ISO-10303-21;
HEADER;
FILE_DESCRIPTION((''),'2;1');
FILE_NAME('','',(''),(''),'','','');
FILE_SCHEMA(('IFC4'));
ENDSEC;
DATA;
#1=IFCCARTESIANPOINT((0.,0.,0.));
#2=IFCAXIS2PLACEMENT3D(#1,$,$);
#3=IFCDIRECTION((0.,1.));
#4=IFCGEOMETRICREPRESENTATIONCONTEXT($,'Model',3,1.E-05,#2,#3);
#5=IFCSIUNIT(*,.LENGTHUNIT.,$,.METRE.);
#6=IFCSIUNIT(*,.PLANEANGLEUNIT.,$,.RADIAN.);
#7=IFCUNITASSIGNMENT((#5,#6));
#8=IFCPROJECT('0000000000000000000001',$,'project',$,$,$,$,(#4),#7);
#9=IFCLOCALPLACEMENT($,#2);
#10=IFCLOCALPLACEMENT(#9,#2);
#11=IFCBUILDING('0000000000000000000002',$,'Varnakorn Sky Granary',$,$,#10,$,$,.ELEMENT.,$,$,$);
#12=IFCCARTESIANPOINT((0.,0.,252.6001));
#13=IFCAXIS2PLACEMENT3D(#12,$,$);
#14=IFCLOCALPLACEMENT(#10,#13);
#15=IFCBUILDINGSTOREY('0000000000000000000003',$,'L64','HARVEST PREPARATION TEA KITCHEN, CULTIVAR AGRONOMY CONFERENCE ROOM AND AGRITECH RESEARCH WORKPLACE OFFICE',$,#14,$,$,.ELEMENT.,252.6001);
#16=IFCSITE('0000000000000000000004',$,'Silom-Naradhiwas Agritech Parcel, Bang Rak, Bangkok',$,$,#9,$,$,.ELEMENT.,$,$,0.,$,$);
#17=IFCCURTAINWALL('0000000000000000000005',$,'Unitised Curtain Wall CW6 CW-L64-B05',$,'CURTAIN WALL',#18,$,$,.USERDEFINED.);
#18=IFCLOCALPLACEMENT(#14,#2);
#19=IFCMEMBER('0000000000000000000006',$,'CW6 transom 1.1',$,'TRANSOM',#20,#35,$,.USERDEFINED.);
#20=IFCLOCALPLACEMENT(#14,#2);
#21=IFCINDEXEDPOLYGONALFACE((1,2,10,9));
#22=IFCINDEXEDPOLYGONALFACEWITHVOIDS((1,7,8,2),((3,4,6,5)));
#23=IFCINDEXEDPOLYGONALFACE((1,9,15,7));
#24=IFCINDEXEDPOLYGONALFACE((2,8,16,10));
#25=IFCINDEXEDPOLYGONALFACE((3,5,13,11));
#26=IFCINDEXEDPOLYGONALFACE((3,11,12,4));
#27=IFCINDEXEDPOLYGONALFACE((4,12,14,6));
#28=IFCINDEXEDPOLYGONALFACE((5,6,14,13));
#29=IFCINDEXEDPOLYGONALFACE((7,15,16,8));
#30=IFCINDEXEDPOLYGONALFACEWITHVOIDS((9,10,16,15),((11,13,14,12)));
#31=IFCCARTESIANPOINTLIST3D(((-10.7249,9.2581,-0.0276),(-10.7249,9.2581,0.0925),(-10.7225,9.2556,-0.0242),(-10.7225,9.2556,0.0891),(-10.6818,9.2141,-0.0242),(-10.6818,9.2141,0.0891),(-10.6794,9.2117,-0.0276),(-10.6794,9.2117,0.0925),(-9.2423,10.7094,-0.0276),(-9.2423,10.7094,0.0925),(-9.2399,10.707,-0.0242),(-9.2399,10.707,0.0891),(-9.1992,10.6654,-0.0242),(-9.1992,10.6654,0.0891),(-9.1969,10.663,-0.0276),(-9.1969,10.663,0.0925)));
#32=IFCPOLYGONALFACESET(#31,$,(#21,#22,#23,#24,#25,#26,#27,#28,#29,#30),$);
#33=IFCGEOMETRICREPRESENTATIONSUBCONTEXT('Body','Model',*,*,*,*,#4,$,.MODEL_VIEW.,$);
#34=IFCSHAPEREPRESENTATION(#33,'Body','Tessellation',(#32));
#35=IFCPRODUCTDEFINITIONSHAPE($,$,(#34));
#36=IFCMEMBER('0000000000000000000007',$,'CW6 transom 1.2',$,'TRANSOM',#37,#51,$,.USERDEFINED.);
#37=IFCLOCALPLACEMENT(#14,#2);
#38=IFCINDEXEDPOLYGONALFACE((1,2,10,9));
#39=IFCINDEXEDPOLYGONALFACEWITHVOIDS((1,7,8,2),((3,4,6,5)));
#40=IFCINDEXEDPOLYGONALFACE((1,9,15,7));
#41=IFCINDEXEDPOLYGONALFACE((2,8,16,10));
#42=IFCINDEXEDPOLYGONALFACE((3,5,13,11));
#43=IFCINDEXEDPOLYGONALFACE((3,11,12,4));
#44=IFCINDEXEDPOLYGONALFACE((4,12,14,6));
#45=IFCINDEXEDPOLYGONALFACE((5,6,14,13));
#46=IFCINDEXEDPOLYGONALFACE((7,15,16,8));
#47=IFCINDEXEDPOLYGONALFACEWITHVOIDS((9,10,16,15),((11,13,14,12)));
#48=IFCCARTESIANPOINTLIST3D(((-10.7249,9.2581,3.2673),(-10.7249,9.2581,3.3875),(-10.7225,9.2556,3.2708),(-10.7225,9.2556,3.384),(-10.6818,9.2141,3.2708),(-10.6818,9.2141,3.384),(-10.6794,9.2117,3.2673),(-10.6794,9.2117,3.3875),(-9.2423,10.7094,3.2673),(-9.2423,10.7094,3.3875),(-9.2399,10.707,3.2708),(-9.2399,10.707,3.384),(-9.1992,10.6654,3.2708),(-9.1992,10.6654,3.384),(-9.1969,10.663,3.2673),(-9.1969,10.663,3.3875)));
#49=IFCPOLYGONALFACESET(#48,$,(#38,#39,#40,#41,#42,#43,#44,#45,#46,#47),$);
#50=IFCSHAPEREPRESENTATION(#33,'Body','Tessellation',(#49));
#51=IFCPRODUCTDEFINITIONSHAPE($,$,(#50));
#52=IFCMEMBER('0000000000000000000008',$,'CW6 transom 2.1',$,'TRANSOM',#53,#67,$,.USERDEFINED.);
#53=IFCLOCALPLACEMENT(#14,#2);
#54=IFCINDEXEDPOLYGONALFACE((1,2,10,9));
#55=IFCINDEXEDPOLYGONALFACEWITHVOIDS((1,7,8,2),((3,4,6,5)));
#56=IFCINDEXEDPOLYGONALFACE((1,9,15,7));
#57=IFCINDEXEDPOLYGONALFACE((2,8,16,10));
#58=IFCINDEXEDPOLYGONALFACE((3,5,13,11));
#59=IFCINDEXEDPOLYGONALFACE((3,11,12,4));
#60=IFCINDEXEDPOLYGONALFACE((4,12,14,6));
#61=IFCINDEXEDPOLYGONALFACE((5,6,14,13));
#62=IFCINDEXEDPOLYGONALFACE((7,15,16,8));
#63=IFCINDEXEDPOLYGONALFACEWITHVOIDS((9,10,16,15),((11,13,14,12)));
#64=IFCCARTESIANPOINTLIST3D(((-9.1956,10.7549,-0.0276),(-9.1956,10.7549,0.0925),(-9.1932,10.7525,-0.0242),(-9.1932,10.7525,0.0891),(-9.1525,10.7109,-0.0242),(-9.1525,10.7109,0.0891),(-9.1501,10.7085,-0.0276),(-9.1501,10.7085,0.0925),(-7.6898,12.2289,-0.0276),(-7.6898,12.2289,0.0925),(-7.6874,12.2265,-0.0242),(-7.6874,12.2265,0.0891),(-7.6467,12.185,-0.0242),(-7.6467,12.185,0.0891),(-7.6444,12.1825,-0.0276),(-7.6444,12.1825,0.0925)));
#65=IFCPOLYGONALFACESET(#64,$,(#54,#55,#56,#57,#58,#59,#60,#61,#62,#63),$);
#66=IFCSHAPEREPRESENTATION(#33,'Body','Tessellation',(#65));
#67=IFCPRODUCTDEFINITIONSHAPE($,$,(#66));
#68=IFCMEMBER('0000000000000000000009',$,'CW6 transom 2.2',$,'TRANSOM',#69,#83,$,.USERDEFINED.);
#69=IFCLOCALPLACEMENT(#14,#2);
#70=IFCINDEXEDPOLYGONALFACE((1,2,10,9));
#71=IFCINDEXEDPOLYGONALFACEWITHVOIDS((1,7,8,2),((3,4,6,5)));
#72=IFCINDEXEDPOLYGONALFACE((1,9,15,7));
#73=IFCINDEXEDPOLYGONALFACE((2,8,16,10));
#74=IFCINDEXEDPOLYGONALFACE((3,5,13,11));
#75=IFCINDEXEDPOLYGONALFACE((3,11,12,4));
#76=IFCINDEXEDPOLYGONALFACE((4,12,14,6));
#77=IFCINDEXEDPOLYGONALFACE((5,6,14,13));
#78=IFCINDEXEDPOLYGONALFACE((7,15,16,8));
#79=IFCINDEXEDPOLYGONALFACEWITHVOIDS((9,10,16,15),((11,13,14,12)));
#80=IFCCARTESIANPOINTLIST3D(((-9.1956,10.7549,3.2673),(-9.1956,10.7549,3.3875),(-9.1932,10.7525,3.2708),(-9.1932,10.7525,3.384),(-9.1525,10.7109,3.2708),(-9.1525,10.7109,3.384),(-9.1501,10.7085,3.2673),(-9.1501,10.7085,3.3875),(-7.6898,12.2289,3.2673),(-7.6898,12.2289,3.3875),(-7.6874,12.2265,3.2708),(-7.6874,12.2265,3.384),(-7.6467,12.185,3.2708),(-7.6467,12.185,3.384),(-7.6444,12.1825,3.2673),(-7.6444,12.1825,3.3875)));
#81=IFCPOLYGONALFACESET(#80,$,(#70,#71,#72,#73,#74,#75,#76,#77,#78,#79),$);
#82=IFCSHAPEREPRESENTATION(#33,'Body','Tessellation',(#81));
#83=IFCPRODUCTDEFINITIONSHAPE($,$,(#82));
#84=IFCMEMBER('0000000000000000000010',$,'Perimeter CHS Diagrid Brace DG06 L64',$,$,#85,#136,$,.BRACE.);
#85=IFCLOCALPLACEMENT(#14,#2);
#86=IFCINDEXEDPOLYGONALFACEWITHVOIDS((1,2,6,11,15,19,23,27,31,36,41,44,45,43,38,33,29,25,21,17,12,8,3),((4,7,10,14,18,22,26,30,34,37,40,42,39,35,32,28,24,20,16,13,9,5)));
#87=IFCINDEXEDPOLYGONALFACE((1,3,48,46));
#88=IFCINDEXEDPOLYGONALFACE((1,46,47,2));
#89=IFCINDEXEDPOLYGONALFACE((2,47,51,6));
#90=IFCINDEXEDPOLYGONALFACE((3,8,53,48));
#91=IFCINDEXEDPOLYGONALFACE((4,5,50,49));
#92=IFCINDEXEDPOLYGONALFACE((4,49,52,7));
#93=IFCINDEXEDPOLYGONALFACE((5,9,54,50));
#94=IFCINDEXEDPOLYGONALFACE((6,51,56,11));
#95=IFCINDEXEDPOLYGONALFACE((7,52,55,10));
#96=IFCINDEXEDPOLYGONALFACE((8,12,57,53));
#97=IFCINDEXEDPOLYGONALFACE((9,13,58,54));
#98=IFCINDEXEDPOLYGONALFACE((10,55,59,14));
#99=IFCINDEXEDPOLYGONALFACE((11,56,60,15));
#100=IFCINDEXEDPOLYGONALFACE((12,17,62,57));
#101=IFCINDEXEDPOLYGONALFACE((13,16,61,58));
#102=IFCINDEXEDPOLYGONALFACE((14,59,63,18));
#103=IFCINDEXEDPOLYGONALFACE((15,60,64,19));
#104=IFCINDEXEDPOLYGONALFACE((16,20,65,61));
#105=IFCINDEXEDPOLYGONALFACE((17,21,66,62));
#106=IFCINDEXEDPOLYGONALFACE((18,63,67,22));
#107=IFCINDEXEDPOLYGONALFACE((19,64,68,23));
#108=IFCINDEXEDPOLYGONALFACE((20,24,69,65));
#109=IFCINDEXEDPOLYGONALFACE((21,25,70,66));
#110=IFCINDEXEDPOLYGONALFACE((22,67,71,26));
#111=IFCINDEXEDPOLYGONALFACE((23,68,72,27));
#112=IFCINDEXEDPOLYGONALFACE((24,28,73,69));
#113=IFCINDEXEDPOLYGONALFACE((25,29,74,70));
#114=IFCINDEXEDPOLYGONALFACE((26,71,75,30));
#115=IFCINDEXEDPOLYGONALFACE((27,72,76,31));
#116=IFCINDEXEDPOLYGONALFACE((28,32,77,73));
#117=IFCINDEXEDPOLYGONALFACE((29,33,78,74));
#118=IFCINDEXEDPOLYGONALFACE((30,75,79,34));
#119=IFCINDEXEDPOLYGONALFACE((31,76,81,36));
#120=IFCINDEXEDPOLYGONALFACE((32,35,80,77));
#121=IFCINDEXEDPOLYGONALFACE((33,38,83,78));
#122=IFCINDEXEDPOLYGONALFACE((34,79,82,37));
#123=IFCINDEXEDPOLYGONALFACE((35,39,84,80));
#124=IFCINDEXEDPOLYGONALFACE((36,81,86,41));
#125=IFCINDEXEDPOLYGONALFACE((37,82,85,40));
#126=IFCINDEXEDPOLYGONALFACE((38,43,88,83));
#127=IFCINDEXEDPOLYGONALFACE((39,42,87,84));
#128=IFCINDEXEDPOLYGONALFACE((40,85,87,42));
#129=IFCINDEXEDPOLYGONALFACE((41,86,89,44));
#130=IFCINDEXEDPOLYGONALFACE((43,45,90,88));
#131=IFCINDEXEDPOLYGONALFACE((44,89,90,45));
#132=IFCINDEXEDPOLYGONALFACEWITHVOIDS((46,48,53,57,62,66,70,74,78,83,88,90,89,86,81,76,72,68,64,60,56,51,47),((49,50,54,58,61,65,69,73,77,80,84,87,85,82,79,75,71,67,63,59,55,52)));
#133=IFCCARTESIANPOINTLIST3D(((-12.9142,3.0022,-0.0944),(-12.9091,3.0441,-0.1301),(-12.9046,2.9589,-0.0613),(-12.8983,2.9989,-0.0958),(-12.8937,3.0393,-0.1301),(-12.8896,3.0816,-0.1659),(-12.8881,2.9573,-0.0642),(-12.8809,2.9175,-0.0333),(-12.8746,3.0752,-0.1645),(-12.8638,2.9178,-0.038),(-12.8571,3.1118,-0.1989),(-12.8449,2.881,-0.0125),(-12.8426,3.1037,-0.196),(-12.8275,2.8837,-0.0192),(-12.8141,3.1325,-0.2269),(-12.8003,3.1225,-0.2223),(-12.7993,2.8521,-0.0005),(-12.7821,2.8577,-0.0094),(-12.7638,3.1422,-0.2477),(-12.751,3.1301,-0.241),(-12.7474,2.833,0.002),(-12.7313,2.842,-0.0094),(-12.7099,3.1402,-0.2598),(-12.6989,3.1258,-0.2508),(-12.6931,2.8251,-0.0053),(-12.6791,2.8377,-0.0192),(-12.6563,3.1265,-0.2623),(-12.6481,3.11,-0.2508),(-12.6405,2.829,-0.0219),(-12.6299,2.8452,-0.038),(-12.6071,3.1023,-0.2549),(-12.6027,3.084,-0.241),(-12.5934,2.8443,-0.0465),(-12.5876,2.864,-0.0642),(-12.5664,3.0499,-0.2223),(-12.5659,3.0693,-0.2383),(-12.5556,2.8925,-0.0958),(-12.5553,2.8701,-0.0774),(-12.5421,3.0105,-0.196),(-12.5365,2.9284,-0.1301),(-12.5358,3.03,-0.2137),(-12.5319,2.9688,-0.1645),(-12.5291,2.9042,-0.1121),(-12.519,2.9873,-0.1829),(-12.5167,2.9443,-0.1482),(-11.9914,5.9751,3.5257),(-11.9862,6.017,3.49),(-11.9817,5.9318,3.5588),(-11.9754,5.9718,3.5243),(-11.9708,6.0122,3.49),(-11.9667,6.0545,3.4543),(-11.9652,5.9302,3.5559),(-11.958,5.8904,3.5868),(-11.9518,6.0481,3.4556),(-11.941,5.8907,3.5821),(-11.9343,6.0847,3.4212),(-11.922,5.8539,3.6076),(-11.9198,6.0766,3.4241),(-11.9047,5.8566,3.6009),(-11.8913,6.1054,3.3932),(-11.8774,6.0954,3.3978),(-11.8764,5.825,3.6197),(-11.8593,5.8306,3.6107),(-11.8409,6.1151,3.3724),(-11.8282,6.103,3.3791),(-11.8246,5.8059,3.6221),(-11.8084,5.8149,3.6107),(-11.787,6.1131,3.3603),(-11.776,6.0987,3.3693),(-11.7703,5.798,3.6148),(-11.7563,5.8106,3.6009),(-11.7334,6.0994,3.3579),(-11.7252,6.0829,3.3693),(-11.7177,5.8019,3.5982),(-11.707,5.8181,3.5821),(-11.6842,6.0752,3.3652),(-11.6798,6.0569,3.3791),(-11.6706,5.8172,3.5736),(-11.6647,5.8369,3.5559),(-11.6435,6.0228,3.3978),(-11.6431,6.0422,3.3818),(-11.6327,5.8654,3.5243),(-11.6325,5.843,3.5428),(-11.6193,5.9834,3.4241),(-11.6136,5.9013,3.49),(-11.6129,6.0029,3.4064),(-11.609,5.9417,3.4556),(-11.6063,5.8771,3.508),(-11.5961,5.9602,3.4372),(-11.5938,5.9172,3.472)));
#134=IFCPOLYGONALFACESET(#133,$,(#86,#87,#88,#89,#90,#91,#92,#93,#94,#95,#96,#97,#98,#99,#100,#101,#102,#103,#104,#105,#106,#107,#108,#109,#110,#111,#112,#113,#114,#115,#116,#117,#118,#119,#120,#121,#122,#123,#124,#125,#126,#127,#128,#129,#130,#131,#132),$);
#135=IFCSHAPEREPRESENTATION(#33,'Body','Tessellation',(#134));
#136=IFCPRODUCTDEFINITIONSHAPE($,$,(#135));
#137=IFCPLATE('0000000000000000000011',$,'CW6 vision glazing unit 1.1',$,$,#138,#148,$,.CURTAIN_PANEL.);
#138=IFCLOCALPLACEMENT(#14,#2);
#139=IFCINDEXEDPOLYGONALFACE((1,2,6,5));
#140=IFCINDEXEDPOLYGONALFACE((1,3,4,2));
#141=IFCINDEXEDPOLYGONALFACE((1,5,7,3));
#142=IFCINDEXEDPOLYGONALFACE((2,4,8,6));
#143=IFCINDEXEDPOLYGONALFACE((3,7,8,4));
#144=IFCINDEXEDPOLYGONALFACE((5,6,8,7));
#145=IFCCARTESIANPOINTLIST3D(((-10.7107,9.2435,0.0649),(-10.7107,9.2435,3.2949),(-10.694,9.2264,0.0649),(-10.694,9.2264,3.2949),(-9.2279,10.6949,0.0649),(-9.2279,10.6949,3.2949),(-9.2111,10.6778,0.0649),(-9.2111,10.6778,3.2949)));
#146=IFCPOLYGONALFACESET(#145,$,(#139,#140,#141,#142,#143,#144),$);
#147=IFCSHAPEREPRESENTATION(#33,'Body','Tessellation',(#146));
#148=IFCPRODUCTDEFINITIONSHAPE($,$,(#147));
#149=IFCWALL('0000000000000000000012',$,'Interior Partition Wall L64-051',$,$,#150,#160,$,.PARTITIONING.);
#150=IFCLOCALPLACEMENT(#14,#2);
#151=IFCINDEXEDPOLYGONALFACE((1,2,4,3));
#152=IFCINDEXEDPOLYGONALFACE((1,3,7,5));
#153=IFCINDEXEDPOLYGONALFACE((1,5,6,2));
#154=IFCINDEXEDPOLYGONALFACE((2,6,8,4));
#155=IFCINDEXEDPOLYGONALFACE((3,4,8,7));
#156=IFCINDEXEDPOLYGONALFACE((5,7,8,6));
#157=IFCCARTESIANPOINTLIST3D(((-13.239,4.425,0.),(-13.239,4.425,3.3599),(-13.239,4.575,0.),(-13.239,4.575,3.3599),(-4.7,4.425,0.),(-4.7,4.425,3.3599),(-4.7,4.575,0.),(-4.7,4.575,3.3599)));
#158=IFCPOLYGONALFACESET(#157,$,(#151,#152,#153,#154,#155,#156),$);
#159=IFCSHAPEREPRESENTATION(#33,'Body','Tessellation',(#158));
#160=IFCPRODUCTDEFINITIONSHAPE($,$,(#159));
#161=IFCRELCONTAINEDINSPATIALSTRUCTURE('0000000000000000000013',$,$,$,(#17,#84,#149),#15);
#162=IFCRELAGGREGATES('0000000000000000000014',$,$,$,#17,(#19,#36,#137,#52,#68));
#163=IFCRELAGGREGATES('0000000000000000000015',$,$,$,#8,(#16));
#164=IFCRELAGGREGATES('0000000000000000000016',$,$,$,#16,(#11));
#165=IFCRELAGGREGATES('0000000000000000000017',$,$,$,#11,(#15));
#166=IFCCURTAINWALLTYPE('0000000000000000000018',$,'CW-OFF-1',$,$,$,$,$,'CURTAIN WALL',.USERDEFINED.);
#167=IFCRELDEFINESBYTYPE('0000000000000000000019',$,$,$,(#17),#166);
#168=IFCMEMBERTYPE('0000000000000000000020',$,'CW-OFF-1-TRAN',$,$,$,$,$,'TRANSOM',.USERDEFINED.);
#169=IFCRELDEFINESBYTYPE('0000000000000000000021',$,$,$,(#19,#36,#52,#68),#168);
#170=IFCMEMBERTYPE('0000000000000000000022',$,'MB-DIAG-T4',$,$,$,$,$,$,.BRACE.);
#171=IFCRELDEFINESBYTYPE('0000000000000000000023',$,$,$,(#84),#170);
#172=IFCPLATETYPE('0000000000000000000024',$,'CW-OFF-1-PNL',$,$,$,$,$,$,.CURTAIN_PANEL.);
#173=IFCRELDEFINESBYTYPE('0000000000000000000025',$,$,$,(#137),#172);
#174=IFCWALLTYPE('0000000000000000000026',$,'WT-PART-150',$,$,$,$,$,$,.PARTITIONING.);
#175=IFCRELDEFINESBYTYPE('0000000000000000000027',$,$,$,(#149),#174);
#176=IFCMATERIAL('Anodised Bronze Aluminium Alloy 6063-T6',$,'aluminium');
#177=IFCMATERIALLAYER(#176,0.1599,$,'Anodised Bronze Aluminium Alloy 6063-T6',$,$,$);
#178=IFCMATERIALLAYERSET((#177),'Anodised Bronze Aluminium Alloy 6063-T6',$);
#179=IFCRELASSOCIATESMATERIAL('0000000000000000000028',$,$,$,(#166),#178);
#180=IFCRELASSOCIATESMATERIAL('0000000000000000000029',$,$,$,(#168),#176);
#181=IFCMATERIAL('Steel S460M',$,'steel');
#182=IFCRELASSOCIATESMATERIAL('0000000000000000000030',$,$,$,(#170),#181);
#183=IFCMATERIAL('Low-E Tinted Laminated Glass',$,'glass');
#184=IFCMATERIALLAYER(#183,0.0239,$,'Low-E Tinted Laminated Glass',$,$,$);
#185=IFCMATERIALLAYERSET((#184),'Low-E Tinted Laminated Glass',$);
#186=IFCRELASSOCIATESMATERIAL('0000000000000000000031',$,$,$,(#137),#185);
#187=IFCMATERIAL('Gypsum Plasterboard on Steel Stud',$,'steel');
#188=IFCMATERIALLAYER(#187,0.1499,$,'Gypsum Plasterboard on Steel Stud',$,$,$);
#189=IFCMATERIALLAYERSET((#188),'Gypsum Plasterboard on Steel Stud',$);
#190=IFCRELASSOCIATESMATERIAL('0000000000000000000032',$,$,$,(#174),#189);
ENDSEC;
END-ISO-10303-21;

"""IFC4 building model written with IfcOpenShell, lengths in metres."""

from ifc_helpers import new_model, si_unit, direction, frame, frame_2d, origin, origin_2d, place, context, subcontext, project, spatial, rectangle, hollow_rectangle, hollow_circle, extrude, source, transform, mapped, material, layer, layer_set, material_profile, profile_set, type_object, type_shapes, element, aggregate, save


model = new_model("IFC4")

# Units and contexts
model_context = context("Model", 3, precision=1e-05, world=origin(), true_north=direction((0.0, 1.0)))
body_context = subcontext(model_context, "Body", "Model", "MODEL_VIEW")
ifc_project = project(units=[si_unit("LENGTHUNIT", "METRE"), si_unit("PLANEANGLEUNIT", "RADIAN")], contexts=[model_context])

# Site, building, storey
site_placement = place(None, origin())
site = spatial("IfcSite", under=ifc_project, at=site_placement, Name="Silom-Naradhiwas Agritech Parcel, Bang Rak, Bangkok", CompositionType="ELEMENT", RefElevation=0.0)
building_placement = place(site_placement, origin())
building = spatial("IfcBuilding", under=site, at=building_placement, Name="Varnakorn Sky Granary", CompositionType="ELEMENT")
storey_placement = place(building_placement, frame((0.0, 0.0, 252.6001)))
storey = spatial("IfcBuildingStorey", under=building, at=storey_placement, Name="L64", Description="HARVEST PREPARATION TEA KITCHEN, CULTIVAR AGRONOMY CONFERENCE ROOM AND AGRITECH RESEARCH WORKPLACE OFFICE", CompositionType="ELEMENT", Elevation=252.6001)

# Shared definitions
ifc_material_1 = material(Name="Steel S460M", Category="steel")

# Curtain wall, members
ifc_material_2 = material(Name="Anodised Bronze Aluminium Alloy 6063-T6", Category="aluminium")
ifc_layer_1 = layer(ifc_material_2, 0.1599, Name="Anodised Bronze Aluminium Alloy 6063-T6")
ifc_layer_set_1 = layer_set([ifc_layer_1], Name="Anodised Bronze Aluminium Alloy 6063-T6")
curtain_wall_type = type_object("IfcCurtainWallType", Name="CW-OFF-1", ElementType="CURTAIN WALL", PredefinedType="USERDEFINED", material=ifc_layer_set_1)
curtain_wall_placement = place(storey_placement, origin())
curtain_wall = element("IfcCurtainWall", 1, at=curtain_wall_placement, inside=storey, type_object=curtain_wall_type, Name="Unitised Curtain Wall CW6 CW-L64-B05", ObjectType="CURTAIN WALL", PredefinedType="USERDEFINED")
ifc_material_profile_1 = material_profile(ifc_material_2, hollow_rectangle(XDim=0.0649, YDim=0.1201, WallThickness=0.0034, at=origin_2d()), Name="ALU TRAN 65x120")
ifc_profile_set_1 = profile_set([ifc_material_profile_1], Name="Anodised Bronze Aluminium Alloy 6063-T6")
member_type_1 = type_object("IfcMemberType", Name="CW-OFF-1-TRAN", ElementType="TRANSOM", PredefinedType="USERDEFINED", material=ifc_profile_set_1)
member_1_placement = place(storey_placement, frame((-10.7021, 9.2349, 0.0325), z_axis=(0.714597, 0.699536, 0.0), x_axis=(-0.699536, 0.714597, 0.0)))
member_1 = element("IfcMember", 2, at=member_1_placement, type_object=member_type_1, Name="CW6 transom 1.1", ObjectType="TRANSOM", PredefinedType="USERDEFINED", context=body_context, shape_type="SweptSolid", body=[
    extrude(hollow_rectangle(XDim=0.0649, YDim=0.1201, WallThickness=0.0034, at=origin_2d()), origin(), (0.0, 0.0, 1.0), 2.0747),
])
member_2_placement = place(storey_placement, frame((-10.7021, 9.2349, 3.3274), z_axis=(0.714597, 0.699536, 0.0), x_axis=(-0.699536, 0.714597, 0.0)))
member_2 = element("IfcMember", 3, at=member_2_placement, type_object=member_type_1, Name="CW6 transom 1.2", ObjectType="TRANSOM", PredefinedType="USERDEFINED", context=body_context, shape_type="SweptSolid", body=[
    extrude(hollow_rectangle(XDim=0.0649, YDim=0.1201, WallThickness=0.0034, at=origin_2d()), origin(), (0.0, 0.0, 1.0), 2.0747),
])
member_3_placement = place(storey_placement, frame((-9.1729, 10.7317, 0.0325), z_axis=(0.714597, 0.699536, 0.0), x_axis=(-0.699536, 0.714597, 0.0)))
member_3 = element("IfcMember", 4, at=member_3_placement, type_object=member_type_1, Name="CW6 transom 2.1", ObjectType="TRANSOM", PredefinedType="USERDEFINED", context=body_context, shape_type="SweptSolid", body=[
    extrude(hollow_rectangle(XDim=0.0649, YDim=0.1201, WallThickness=0.0034, at=origin_2d()), origin(), (0.0, 0.0, 1.0), 2.1072),
])
member_4_placement = place(storey_placement, frame((-9.1729, 10.7317, 3.3274), z_axis=(0.714597, 0.699536, 0.0), x_axis=(-0.699536, 0.714597, 0.0)))
member_4 = element("IfcMember", 5, at=member_4_placement, type_object=member_type_1, Name="CW6 transom 2.2", ObjectType="TRANSOM", PredefinedType="USERDEFINED", context=body_context, shape_type="SweptSolid", body=[
    extrude(hollow_rectangle(XDim=0.0649, YDim=0.1201, WallThickness=0.0034, at=origin_2d()), origin(), (0.0, 0.0, 1.0), 2.1072),
])

# Member
ifc_material_profile_2 = material_profile(ifc_material_1, hollow_circle(Radius=0.2031, WallThickness=0.0161, at=origin_2d()), Name="CHS 406.4x16")
ifc_profile_set_2 = profile_set([ifc_material_profile_2], Name="Steel S460M")
member_type_2 = type_object("IfcMemberType", Name="MB-DIAG-T4", PredefinedType="BRACE", material=ifc_profile_set_2)
member_5_placement = place(storey_placement, frame((-12.7151, 2.9839, -0.1301), z_axis=(0.193291, 0.622673, 0.758233), x_axis=(-0.955043, 0.296466, 0.0)))
element("IfcMember", 6, at=member_5_placement, inside=storey, type_object=member_type_2, Name="Perimeter CHS Diagrid Brace DG06 L64", PredefinedType="BRACE", context=body_context, shape_type="SweptSolid", body=[
    extrude(hollow_circle(Radius=0.2031, WallThickness=0.0161, at=origin_2d()), origin(), (0.0, 0.0, 1.0), 4.7744),
])

# Plate
ifc_material_3 = material(Name="Low-E Tinted Laminated Glass", Category="glass")
ifc_layer_2 = layer(ifc_material_3, 0.0239, Name="Low-E Tinted Laminated Glass")
ifc_layer_set_2 = layer_set([ifc_layer_2], Name="Low-E Tinted Laminated Glass")
plate_type = type_object("IfcPlateType", Name="CW-OFF-1-PNL", PredefinedType="CURTAIN_PANEL")
shared_shape_1 = source(origin(), body_context, "Body", "SweptSolid", [
    extrude(rectangle(XDim=2.075, YDim=0.0239, at=origin_2d()), origin(), (0.0, 0.0, 1.0), 3.23),
])
type_shapes(plate_type, [shared_shape_1])
plate_placement = place(storey_placement, frame((-9.9609, 9.9607, 0.0649), z_axis=(0.0, 0.0, 1.0), x_axis=(0.71465, 0.699482, 0.0)))
plate = element("IfcPlate", 7, at=plate_placement, type_object=plate_type, material=ifc_layer_set_2, Name="CW6 vision glazing unit 1.1", PredefinedType="CURTAIN_PANEL", context=body_context, shape_type="MappedRepresentation", body=[
    mapped(shared_shape_1, transform((0.0, 0.0, 0.0), x_axis=(1.0, 0.0, 0.0), y_axis=(0.0, 1.0, 0.0), z_axis=(0.0, 0.0, 1.0), scale=1.0)),
])
aggregate(curtain_wall, [member_1, member_2, plate, member_3, member_4])

# Wall
ifc_material_4 = material(Name="Gypsum Plasterboard on Steel Stud", Category="steel")
ifc_layer_3 = layer(ifc_material_4, 0.1499, Name="Gypsum Plasterboard on Steel Stud")
ifc_layer_set_3 = layer_set([ifc_layer_3], Name="Gypsum Plasterboard on Steel Stud")
wall_type_1 = type_object("IfcWallType", Name="WT-PART-150", PredefinedType="PARTITIONING", material=ifc_layer_set_3)
wall_1_placement = place(storey_placement, frame((-13.239, 4.5, 0.0), z_axis=(0.0, 0.0, 1.0), x_axis=(1.0, 0.0, 0.0)))
element("IfcWall", 8, at=wall_1_placement, inside=storey, type_object=wall_type_1, Name="Interior Partition Wall L64-051", PredefinedType="PARTITIONING", context=body_context, shape_type="SweptSolid", body=[
    extrude(rectangle(XDim=8.5391, YDim=0.1499, at=frame_2d((4.2695, 0.0))), origin(), (0.0, 0.0, 1.0), 3.3599),
])

save(model, "model.ifc")
